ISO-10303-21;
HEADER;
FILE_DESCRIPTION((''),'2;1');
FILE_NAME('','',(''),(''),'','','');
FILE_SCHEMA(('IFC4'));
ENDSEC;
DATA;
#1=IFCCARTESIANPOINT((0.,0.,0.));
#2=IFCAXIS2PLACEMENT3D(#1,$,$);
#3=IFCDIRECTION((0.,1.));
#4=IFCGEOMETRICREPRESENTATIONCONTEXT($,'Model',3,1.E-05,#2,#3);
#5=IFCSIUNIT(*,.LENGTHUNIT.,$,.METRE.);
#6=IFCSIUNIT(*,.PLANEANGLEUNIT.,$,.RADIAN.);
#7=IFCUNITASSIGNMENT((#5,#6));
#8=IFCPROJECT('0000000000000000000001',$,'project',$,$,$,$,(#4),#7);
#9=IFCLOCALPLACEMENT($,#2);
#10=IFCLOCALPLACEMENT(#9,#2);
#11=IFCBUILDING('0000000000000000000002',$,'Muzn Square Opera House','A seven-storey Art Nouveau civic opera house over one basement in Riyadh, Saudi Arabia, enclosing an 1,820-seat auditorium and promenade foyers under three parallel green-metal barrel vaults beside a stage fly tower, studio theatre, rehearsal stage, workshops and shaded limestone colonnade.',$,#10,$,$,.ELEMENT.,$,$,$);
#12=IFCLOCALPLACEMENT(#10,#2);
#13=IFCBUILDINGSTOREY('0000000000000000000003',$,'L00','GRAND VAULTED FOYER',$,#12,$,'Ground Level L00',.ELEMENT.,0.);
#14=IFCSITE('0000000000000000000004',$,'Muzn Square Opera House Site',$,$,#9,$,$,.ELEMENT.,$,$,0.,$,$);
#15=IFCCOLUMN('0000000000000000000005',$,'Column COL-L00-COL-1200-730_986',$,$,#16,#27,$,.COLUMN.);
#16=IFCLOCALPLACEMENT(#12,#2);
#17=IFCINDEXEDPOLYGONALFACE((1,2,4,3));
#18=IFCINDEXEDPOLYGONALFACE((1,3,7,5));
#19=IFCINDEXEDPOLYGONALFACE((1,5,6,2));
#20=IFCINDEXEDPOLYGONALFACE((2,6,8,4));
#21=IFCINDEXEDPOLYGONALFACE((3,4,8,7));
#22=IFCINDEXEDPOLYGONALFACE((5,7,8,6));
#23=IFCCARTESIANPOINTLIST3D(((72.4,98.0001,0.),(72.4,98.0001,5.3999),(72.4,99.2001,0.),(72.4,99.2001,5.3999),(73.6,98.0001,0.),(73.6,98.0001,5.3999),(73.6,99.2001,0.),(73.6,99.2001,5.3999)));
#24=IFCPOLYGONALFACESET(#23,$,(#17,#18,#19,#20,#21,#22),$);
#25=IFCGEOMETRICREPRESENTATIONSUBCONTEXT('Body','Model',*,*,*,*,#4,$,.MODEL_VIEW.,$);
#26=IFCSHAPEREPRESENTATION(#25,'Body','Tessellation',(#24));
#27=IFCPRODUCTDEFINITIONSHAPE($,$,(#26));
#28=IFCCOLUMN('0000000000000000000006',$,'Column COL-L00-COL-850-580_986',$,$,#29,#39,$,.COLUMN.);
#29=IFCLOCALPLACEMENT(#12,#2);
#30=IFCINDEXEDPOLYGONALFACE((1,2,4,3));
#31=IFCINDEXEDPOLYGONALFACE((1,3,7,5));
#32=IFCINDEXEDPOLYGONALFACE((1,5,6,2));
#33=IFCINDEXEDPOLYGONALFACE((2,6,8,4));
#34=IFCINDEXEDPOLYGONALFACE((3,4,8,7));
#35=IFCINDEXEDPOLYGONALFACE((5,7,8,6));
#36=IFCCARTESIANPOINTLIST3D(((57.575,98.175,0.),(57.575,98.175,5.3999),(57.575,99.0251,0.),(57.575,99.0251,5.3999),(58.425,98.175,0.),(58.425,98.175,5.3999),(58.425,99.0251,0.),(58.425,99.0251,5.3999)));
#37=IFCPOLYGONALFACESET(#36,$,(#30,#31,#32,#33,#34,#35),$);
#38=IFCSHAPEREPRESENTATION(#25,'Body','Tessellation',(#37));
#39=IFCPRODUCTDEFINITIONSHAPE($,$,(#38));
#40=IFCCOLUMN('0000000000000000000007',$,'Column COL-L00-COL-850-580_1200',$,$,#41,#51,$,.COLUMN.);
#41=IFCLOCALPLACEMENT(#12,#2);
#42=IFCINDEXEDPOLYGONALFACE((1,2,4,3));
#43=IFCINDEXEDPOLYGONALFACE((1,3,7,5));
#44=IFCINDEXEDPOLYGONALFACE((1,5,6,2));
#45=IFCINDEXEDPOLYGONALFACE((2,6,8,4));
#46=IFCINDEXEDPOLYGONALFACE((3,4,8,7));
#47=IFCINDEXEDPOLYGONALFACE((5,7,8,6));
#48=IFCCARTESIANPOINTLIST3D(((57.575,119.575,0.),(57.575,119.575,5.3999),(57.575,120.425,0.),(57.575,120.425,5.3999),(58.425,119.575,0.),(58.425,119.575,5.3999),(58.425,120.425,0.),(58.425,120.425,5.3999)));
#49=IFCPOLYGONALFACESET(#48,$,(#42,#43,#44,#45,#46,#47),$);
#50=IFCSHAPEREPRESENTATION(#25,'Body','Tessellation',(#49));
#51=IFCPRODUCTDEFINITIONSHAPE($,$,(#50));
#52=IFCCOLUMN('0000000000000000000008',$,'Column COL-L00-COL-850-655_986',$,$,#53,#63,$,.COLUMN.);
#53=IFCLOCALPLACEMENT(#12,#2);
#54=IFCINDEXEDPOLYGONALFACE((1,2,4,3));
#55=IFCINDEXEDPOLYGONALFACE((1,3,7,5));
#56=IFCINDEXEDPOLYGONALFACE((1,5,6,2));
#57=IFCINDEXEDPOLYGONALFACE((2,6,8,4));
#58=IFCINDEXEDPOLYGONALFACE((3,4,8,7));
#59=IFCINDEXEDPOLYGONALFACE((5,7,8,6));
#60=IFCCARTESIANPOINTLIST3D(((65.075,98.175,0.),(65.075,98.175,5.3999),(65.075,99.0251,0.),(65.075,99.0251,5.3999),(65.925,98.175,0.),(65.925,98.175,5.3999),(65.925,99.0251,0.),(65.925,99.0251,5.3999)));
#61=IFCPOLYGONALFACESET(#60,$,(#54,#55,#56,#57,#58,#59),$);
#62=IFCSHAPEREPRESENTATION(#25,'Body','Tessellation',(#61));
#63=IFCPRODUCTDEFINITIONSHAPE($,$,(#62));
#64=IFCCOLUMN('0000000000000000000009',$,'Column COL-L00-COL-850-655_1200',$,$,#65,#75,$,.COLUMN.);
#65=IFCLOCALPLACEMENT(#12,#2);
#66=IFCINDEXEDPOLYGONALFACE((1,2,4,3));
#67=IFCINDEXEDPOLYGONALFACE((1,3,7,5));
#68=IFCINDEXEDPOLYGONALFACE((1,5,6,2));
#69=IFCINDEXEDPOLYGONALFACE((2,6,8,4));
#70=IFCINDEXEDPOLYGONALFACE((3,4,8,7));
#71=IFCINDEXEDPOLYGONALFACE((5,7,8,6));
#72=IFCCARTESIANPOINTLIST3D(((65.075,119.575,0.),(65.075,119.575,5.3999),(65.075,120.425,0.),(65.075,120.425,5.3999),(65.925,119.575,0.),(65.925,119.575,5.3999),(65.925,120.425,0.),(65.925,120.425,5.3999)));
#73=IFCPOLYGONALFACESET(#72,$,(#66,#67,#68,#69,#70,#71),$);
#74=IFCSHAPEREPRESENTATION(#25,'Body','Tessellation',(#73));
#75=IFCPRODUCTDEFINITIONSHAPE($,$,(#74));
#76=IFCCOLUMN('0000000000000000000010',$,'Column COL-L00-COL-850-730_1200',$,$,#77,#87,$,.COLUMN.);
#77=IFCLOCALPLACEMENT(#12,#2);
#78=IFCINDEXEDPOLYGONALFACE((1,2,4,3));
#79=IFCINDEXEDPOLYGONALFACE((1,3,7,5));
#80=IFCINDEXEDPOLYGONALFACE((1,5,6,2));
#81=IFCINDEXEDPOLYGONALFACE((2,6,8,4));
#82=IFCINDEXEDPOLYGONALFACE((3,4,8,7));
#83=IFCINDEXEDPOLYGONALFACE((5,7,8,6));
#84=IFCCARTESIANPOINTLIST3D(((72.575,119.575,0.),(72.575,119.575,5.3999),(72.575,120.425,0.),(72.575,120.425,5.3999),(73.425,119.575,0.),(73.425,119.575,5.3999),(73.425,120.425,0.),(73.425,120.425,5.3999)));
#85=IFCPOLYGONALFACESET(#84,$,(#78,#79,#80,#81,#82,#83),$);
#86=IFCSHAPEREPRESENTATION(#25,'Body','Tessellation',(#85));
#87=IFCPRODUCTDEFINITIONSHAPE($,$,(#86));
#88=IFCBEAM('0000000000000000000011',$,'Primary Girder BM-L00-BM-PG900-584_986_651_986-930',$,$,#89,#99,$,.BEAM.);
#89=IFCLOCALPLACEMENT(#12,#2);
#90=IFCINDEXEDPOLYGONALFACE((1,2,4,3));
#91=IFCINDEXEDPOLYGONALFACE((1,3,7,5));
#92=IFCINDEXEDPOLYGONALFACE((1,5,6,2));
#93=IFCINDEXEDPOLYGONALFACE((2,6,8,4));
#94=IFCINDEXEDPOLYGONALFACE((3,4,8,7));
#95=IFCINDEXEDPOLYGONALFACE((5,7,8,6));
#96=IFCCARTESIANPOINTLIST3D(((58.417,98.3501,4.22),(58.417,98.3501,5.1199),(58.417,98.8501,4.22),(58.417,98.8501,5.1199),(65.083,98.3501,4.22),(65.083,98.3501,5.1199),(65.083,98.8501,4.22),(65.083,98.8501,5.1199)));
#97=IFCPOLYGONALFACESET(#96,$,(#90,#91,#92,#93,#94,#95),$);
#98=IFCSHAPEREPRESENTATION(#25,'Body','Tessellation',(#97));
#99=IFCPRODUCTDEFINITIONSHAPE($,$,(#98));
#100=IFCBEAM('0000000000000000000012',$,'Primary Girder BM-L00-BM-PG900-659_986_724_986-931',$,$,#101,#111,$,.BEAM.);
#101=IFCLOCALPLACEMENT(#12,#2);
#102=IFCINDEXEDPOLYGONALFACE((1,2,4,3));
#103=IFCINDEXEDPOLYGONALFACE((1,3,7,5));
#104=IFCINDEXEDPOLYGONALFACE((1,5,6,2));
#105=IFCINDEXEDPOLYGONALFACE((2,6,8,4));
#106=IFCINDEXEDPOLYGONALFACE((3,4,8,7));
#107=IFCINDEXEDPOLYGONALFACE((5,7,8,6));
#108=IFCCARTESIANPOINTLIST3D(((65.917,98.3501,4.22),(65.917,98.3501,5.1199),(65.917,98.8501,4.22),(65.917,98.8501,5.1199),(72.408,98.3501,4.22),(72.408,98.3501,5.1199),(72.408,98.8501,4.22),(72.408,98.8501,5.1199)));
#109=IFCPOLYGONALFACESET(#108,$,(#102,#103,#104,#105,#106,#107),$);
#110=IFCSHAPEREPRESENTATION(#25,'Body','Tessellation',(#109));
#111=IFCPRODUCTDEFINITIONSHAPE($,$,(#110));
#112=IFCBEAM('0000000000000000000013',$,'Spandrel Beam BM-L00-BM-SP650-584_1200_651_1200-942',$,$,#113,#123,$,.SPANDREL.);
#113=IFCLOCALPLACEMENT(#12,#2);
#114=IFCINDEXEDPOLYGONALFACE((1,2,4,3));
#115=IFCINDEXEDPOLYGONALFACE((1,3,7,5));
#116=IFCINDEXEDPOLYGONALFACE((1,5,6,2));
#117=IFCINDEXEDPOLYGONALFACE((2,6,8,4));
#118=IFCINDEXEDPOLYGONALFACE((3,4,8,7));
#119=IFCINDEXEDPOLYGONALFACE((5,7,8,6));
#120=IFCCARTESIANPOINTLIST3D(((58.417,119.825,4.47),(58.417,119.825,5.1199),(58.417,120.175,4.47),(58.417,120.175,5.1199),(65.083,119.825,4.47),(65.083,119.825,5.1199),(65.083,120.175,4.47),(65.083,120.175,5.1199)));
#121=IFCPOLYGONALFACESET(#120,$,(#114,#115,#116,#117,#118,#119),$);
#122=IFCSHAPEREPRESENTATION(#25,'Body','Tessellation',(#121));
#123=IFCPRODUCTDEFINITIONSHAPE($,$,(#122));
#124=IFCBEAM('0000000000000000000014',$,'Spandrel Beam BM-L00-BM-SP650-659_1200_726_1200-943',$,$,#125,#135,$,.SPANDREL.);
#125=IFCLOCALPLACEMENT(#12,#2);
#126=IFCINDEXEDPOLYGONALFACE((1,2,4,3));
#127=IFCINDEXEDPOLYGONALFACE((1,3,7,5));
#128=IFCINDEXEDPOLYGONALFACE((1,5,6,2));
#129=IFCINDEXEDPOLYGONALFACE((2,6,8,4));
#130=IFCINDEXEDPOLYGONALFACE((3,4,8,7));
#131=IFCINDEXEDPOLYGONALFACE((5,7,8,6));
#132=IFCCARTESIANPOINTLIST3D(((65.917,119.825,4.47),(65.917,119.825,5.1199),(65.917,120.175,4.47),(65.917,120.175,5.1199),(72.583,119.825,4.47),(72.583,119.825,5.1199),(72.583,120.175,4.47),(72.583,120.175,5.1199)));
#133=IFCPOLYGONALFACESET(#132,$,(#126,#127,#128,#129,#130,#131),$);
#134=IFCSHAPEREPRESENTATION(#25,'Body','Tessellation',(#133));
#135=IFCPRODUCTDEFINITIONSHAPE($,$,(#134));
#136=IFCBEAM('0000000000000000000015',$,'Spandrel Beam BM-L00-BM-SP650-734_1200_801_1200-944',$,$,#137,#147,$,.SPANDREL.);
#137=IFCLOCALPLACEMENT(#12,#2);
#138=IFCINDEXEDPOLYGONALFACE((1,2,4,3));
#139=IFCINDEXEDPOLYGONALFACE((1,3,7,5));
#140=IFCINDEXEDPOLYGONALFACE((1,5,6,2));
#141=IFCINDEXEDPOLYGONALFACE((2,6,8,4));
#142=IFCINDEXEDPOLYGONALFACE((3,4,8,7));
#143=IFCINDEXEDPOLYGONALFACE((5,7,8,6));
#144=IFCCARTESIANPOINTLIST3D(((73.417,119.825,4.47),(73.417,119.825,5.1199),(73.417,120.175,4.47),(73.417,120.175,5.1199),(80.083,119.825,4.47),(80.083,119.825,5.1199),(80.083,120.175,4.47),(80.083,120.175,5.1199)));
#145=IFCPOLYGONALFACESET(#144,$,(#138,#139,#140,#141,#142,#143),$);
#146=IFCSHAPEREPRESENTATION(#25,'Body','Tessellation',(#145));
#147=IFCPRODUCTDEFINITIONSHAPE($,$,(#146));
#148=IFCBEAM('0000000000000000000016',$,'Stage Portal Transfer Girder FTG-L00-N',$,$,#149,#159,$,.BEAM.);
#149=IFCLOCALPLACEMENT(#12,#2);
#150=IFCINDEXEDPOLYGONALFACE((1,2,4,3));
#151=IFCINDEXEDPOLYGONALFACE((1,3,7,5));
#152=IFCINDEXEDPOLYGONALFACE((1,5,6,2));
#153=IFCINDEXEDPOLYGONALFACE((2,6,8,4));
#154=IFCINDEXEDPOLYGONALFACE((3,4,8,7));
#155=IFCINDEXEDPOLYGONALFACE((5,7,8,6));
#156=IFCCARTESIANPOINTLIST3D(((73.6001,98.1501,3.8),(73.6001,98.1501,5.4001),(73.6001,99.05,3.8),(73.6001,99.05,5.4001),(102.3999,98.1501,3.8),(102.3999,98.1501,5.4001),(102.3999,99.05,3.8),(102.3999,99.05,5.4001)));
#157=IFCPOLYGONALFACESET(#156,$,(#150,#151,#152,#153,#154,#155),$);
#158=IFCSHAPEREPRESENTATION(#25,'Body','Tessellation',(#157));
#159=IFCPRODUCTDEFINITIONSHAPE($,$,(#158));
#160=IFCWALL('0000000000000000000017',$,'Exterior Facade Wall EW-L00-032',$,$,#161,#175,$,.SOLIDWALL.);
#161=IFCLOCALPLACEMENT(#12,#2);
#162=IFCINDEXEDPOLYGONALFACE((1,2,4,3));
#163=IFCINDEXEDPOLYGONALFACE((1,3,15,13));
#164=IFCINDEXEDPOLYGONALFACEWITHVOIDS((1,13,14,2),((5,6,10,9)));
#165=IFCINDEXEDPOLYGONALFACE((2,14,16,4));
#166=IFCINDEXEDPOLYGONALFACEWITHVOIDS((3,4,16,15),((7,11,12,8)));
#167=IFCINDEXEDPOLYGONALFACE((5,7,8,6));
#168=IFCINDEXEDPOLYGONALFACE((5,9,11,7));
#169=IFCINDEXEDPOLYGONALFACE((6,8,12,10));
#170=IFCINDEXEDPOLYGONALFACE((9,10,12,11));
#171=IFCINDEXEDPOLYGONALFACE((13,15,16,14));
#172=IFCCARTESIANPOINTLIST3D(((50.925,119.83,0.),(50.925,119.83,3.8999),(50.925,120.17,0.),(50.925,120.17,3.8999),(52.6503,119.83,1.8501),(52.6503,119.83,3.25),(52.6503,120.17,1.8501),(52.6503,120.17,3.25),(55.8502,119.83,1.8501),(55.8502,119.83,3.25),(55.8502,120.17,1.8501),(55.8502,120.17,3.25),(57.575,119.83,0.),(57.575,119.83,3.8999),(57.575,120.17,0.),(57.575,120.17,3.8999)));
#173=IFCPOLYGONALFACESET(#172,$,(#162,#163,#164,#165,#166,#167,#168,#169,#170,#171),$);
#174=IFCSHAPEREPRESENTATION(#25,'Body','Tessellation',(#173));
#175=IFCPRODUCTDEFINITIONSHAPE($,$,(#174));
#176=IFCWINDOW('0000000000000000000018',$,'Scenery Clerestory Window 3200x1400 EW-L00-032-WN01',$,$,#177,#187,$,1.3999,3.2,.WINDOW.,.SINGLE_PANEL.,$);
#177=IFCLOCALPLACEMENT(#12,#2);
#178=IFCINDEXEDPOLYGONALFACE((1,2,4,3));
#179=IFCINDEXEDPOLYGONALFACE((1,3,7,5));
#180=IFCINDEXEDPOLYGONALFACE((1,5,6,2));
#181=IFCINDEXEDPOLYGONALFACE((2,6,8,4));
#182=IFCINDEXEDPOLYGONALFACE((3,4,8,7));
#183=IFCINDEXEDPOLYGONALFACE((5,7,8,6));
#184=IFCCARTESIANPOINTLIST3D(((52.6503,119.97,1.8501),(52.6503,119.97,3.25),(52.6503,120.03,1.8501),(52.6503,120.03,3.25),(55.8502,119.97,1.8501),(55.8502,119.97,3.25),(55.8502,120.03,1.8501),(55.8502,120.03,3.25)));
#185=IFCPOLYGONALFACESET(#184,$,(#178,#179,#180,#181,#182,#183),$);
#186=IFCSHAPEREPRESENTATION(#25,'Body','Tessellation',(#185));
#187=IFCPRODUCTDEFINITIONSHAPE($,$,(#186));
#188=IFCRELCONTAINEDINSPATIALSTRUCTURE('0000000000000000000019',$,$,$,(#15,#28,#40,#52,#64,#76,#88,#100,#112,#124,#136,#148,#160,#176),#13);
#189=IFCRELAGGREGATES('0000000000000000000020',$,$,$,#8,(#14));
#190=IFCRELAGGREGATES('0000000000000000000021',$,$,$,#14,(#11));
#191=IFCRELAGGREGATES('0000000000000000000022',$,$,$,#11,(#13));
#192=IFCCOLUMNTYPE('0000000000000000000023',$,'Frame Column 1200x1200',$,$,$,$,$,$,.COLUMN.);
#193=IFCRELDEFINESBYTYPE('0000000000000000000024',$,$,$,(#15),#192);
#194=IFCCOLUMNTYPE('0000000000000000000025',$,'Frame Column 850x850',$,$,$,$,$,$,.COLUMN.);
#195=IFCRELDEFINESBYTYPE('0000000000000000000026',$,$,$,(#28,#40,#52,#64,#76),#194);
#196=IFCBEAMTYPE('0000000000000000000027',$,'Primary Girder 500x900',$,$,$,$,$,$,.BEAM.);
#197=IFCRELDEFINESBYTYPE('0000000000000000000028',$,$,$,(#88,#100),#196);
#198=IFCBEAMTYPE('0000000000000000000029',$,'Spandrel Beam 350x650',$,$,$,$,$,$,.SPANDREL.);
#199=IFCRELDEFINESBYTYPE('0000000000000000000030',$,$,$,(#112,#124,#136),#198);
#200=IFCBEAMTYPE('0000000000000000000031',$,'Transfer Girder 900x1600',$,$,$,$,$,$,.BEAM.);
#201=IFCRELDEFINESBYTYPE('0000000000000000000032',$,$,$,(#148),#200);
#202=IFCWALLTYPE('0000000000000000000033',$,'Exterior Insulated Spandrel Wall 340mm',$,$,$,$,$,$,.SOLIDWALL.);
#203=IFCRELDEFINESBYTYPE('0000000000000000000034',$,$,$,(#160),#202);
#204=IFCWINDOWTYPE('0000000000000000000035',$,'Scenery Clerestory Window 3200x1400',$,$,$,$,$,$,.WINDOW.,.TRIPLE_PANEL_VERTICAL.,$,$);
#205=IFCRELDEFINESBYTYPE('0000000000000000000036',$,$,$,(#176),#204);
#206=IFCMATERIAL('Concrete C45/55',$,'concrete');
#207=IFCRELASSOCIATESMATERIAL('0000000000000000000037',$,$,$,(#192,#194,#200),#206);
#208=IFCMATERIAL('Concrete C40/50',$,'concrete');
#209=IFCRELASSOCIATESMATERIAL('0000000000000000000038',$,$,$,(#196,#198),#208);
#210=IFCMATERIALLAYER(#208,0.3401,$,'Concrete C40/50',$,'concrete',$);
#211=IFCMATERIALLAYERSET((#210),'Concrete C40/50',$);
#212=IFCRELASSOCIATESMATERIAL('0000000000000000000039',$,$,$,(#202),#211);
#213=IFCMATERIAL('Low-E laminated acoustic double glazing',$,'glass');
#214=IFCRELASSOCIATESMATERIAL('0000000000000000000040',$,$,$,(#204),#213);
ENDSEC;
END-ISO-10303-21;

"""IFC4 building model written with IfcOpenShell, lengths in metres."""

from ifc_helpers import new_model, si_unit, direction, frame, frame_2d, origin, origin_2d, place, context, subcontext, project, spatial, rectangle, extrude, material, layer, layer_set, material_profile, profile_set, type_object, element, fill, save


model = new_model("IFC4")

# Units and contexts
model_context = context("Model", 3, precision=1e-05, world=origin(), true_north=direction((0.0, 1.0)))
body_context = subcontext(model_context, "Body", "Model", "MODEL_VIEW")
ifc_project = project(units=[si_unit("LENGTHUNIT", "METRE"), si_unit("PLANEANGLEUNIT", "RADIAN")], contexts=[model_context])

# Site, building, storey
site_placement = place(None, origin())
site = spatial("IfcSite", under=ifc_project, at=site_placement, Name="Muzn Square Opera House Site", CompositionType="ELEMENT", RefElevation=0.0)
building_placement = place(site_placement, origin())
building = spatial("IfcBuilding", under=site, at=building_placement, Name="Muzn Square Opera House", Description="A seven-storey Art Nouveau civic opera house over one basement in Riyadh, Saudi Arabia, enclosing an 1,820-seat auditorium and promenade foyers under three parallel green-metal barrel vaults beside a stage fly tower, studio theatre, rehearsal stage, workshops and shaded limestone colonnade.", CompositionType="ELEMENT")
storey_placement = place(building_placement, origin())
storey = spatial("IfcBuildingStorey", under=building, at=storey_placement, Name="L00", Description="GRAND VAULTED FOYER", LongName="Ground Level L00", CompositionType="ELEMENT", Elevation=0.0)

# Columns
ifc_material_1 = material(Name="Concrete C45/55", Category="concrete")
ifc_material_profile_1 = material_profile(ifc_material_1, rectangle(XDim=1.2, YDim=1.2, at=origin_2d()), Name="RC 1200x1200", Category="concrete")
ifc_profile_set_1 = profile_set([ifc_material_profile_1], Name="Concrete C45/55")
column_type_1 = type_object("IfcColumnType", Name="Frame Column 1200x1200", PredefinedType="COLUMN", material=ifc_profile_set_1)
column_placement = place(storey_placement, frame((73.0, 98.6001, 0.0), z_axis=(0.0, 0.0, 1.0), x_axis=(1.0, 0.0, 0.0)))
element("IfcColumn", 1, at=column_placement, inside=storey, type_object=column_type_1, Name="Column COL-L00-COL-1200-730_986", PredefinedType="COLUMN", context=body_context, shape_type="SweptSolid", body=[
    extrude(rectangle(XDim=1.2, YDim=1.2, at=origin_2d()), origin(), (0.0, 0.0, 1.0), 5.3999),
])
ifc_material_profile_2 = material_profile(ifc_material_1, rectangle(XDim=0.8501, YDim=0.8501, at=origin_2d()), Name="RC 850x850", Category="concrete")
ifc_profile_set_2 = profile_set([ifc_material_profile_2], Name="Concrete C45/55")
column_type_2 = type_object("IfcColumnType", Name="Frame Column 850x850", PredefinedType="COLUMN", material=ifc_profile_set_2)
for number, where, z_axis, x_axis, name in (
    (2, (58.0, 98.6001, 0.0), (0.0, 0.0, 1.0), (1.0, 0.0, 0.0), "Column COL-L00-COL-850-580_986"),
    (3, (58.0, 120.0, 0.0), (0.0, 0.0, 1.0), (1.0, 0.0, 0.0), "Column COL-L00-COL-850-580_1200"),
    (4, (65.5, 98.6001, 0.0), (0.0, 0.0, 1.0), (1.0, 0.0, 0.0), "Column COL-L00-COL-850-655_986"),
    (5, (65.5, 120.0, 0.0), (0.0, 0.0, 1.0), (1.0, 0.0, 0.0), "Column COL-L00-COL-850-655_1200"),
    (6, (73.0, 120.0, 0.0), (0.0, 0.0, 1.0), (1.0, 0.0, 0.0), "Column COL-L00-COL-850-730_1200"),
):
    element("IfcColumn", number, at=place(storey_placement, frame(where, z_axis=z_axis, x_axis=x_axis)), inside=storey, type_object=column_type_2, Name=name, PredefinedType="COLUMN", context=body_context, shape_type="SweptSolid", body=[
        extrude(rectangle(XDim=0.8501, YDim=0.8501, at=origin_2d()), origin(), (0.0, 0.0, 1.0), 5.3999),
    ])

# Beams
ifc_material_2 = material(Name="Concrete C40/50", Category="concrete")
ifc_material_profile_3 = material_profile(ifc_material_2, rectangle(XDim=0.5, YDim=0.8999, at=origin_2d()), Name="RCB 500x900", Category="concrete")
ifc_profile_set_3 = profile_set([ifc_material_profile_3], Name="Concrete C40/50")
beam_type_1 = type_object("IfcBeamType", Name="Primary Girder 500x900", PredefinedType="BEAM", material=ifc_profile_set_3)
beam_1_placement = place(storey_placement, frame((58.417, 98.6001, 4.6699), z_axis=(1.0, 0.0, 0.0), x_axis=(0.0, 1.0, 0.0)))
element("IfcBeam", 7, at=beam_1_placement, inside=storey, type_object=beam_type_1, Name="Primary Girder BM-L00-BM-PG900-584_986_651_986-930", PredefinedType="BEAM", context=body_context, shape_type="SweptSolid", body=[
    extrude(rectangle(XDim=0.5, YDim=0.8999, at=origin_2d()), origin(), (0.0, 0.0, 1.0), 6.666),
])
beam_2_placement = place(storey_placement, frame((65.917, 98.6001, 4.6699), z_axis=(1.0, 0.0, 0.0), x_axis=(0.0, 1.0, 0.0)))
element("IfcBeam", 8, at=beam_2_placement, inside=storey, type_object=beam_type_1, Name="Primary Girder BM-L00-BM-PG900-659_986_724_986-931", PredefinedType="BEAM", context=body_context, shape_type="SweptSolid", body=[
    extrude(rectangle(XDim=0.5, YDim=0.8999, at=origin_2d()), origin(), (0.0, 0.0, 1.0), 6.491),
])
ifc_material_profile_4 = material_profile(ifc_material_2, rectangle(XDim=0.3501, YDim=0.6499, at=origin_2d()), Name="RCS 350x650", Category="concrete")
ifc_profile_set_4 = profile_set([ifc_material_profile_4], Name="Concrete C40/50")
beam_type_2 = type_object("IfcBeamType", Name="Spandrel Beam 350x650", PredefinedType="SPANDREL", material=ifc_profile_set_4)
for number, where, z_axis, x_axis, name in (
    (9, (58.417, 120.0, 4.7949), (1.0, 0.0, 0.0), (0.0, 1.0, 0.0), "Spandrel Beam BM-L00-BM-SP650-584_1200_651_1200-942"),
    (10, (65.917, 120.0, 4.7949), (1.0, 0.0, 0.0), (0.0, 1.0, 0.0), "Spandrel Beam BM-L00-BM-SP650-659_1200_726_1200-943"),
    (11, (73.417, 120.0, 4.7949), (1.0, 0.0, 0.0), (0.0, 1.0, 0.0), "Spandrel Beam BM-L00-BM-SP650-734_1200_801_1200-944"),
):
    element("IfcBeam", number, at=place(storey_placement, frame(where, z_axis=z_axis, x_axis=x_axis)), inside=storey, type_object=beam_type_2, Name=name, PredefinedType="SPANDREL", context=body_context, shape_type="SweptSolid", body=[
        extrude(rectangle(XDim=0.3501, YDim=0.6499, at=origin_2d()), origin(), (0.0, 0.0, 1.0), 6.666),
    ])
ifc_material_profile_5 = material_profile(ifc_material_1, rectangle(XDim=0.8999, YDim=1.6001, at=origin_2d()), Name="RCB 900x1600", Category="concrete")
ifc_profile_set_5 = profile_set([ifc_material_profile_5], Name="Concrete C45/55")
beam_type_3 = type_object("IfcBeamType", Name="Transfer Girder 900x1600", PredefinedType="BEAM", material=ifc_profile_set_5)
beam_3_placement = place(storey_placement, frame((73.6001, 98.6001, 4.6001), z_axis=(1.0, 0.0, 0.0), x_axis=(0.0, 1.0, 0.0)))
element("IfcBeam", 12, at=beam_3_placement, inside=storey, type_object=beam_type_3, Name="Stage Portal Transfer Girder FTG-L00-N", PredefinedType="BEAM", context=body_context, shape_type="SweptSolid", body=[
    extrude(rectangle(XDim=0.8999, YDim=1.6001, at=origin_2d()), origin(), (0.0, 0.0, 1.0), 28.7998),
])

# Wall, opening, window
ifc_layer_1 = layer(ifc_material_2, 0.3401, Name="Concrete C40/50", Category="concrete")
ifc_layer_set_1 = layer_set([ifc_layer_1], Name="Concrete C40/50")
wall_type_1 = type_object("IfcWallType", Name="Exterior Insulated Spandrel Wall 340mm", PredefinedType="SOLIDWALL", material=ifc_layer_set_1)
wall_1_placement = place(storey_placement, frame((50.925, 120.0, 0.0), z_axis=(0.0, 0.0, 1.0), x_axis=(1.0, 0.0, 0.0)))
wall_1 = element("IfcWall", 13, at=wall_1_placement, inside=storey, type_object=wall_type_1, Name="Exterior Facade Wall EW-L00-032", PredefinedType="SOLIDWALL", context=body_context, shape_type="SweptSolid", body=[
    extrude(rectangle(XDim=6.6499, YDim=0.3401, at=frame_2d((3.325, 0.0))), origin(), (0.0, 0.0, 1.0), 3.8999),
])
opening_1_placement = place(wall_1_placement, frame((1.7251, 0.0, 1.8501)))
opening_1 = element("IfcOpeningElement", 14, at=opening_1_placement, cuts=wall_1, PredefinedType="OPENING", context=body_context, shape_type="SweptSolid", body=[
    extrude(rectangle(XDim=3.2, YDim=1.3999, at=frame_2d((1.6001, 0.7))), frame((0.0, 0.1799, 0.0), z_axis=(0.0, -1.0, 0.0), x_axis=(1.0, 0.0, 0.0)), (0.0, 0.0, 1.0), 0.3601),
])
ifc_material_3 = material(Name="Low-E laminated acoustic double glazing", Category="glass")
window_type = type_object("IfcWindowType", Name="Scenery Clerestory Window 3200x1400", PartitioningType="TRIPLE_PANEL_VERTICAL", PredefinedType="WINDOW", material=ifc_material_3)
window_1_placement = place(opening_1_placement, origin())
window_1 = element("IfcWindow", 15, at=window_1_placement, inside=storey, type_object=window_type, Name="Scenery Clerestory Window 3200x1400 EW-L00-032-WN01", OverallHeight=1.3999, OverallWidth=3.2, PartitioningType="SINGLE_PANEL", PredefinedType="WINDOW", context=body_context, shape_type="SweptSolid", body=[
    extrude(rectangle(XDim=3.2, YDim=1.3999, at=frame_2d((1.6001, 0.7))), frame((0.0, 0.03, 0.0), z_axis=(0.0, -1.0, 0.0), x_axis=(1.0, 0.0, 0.0)), (0.0, 0.0, 1.0), 0.0601),
])
fill(opening_1, window_1)

save(model, "model.ifc")
